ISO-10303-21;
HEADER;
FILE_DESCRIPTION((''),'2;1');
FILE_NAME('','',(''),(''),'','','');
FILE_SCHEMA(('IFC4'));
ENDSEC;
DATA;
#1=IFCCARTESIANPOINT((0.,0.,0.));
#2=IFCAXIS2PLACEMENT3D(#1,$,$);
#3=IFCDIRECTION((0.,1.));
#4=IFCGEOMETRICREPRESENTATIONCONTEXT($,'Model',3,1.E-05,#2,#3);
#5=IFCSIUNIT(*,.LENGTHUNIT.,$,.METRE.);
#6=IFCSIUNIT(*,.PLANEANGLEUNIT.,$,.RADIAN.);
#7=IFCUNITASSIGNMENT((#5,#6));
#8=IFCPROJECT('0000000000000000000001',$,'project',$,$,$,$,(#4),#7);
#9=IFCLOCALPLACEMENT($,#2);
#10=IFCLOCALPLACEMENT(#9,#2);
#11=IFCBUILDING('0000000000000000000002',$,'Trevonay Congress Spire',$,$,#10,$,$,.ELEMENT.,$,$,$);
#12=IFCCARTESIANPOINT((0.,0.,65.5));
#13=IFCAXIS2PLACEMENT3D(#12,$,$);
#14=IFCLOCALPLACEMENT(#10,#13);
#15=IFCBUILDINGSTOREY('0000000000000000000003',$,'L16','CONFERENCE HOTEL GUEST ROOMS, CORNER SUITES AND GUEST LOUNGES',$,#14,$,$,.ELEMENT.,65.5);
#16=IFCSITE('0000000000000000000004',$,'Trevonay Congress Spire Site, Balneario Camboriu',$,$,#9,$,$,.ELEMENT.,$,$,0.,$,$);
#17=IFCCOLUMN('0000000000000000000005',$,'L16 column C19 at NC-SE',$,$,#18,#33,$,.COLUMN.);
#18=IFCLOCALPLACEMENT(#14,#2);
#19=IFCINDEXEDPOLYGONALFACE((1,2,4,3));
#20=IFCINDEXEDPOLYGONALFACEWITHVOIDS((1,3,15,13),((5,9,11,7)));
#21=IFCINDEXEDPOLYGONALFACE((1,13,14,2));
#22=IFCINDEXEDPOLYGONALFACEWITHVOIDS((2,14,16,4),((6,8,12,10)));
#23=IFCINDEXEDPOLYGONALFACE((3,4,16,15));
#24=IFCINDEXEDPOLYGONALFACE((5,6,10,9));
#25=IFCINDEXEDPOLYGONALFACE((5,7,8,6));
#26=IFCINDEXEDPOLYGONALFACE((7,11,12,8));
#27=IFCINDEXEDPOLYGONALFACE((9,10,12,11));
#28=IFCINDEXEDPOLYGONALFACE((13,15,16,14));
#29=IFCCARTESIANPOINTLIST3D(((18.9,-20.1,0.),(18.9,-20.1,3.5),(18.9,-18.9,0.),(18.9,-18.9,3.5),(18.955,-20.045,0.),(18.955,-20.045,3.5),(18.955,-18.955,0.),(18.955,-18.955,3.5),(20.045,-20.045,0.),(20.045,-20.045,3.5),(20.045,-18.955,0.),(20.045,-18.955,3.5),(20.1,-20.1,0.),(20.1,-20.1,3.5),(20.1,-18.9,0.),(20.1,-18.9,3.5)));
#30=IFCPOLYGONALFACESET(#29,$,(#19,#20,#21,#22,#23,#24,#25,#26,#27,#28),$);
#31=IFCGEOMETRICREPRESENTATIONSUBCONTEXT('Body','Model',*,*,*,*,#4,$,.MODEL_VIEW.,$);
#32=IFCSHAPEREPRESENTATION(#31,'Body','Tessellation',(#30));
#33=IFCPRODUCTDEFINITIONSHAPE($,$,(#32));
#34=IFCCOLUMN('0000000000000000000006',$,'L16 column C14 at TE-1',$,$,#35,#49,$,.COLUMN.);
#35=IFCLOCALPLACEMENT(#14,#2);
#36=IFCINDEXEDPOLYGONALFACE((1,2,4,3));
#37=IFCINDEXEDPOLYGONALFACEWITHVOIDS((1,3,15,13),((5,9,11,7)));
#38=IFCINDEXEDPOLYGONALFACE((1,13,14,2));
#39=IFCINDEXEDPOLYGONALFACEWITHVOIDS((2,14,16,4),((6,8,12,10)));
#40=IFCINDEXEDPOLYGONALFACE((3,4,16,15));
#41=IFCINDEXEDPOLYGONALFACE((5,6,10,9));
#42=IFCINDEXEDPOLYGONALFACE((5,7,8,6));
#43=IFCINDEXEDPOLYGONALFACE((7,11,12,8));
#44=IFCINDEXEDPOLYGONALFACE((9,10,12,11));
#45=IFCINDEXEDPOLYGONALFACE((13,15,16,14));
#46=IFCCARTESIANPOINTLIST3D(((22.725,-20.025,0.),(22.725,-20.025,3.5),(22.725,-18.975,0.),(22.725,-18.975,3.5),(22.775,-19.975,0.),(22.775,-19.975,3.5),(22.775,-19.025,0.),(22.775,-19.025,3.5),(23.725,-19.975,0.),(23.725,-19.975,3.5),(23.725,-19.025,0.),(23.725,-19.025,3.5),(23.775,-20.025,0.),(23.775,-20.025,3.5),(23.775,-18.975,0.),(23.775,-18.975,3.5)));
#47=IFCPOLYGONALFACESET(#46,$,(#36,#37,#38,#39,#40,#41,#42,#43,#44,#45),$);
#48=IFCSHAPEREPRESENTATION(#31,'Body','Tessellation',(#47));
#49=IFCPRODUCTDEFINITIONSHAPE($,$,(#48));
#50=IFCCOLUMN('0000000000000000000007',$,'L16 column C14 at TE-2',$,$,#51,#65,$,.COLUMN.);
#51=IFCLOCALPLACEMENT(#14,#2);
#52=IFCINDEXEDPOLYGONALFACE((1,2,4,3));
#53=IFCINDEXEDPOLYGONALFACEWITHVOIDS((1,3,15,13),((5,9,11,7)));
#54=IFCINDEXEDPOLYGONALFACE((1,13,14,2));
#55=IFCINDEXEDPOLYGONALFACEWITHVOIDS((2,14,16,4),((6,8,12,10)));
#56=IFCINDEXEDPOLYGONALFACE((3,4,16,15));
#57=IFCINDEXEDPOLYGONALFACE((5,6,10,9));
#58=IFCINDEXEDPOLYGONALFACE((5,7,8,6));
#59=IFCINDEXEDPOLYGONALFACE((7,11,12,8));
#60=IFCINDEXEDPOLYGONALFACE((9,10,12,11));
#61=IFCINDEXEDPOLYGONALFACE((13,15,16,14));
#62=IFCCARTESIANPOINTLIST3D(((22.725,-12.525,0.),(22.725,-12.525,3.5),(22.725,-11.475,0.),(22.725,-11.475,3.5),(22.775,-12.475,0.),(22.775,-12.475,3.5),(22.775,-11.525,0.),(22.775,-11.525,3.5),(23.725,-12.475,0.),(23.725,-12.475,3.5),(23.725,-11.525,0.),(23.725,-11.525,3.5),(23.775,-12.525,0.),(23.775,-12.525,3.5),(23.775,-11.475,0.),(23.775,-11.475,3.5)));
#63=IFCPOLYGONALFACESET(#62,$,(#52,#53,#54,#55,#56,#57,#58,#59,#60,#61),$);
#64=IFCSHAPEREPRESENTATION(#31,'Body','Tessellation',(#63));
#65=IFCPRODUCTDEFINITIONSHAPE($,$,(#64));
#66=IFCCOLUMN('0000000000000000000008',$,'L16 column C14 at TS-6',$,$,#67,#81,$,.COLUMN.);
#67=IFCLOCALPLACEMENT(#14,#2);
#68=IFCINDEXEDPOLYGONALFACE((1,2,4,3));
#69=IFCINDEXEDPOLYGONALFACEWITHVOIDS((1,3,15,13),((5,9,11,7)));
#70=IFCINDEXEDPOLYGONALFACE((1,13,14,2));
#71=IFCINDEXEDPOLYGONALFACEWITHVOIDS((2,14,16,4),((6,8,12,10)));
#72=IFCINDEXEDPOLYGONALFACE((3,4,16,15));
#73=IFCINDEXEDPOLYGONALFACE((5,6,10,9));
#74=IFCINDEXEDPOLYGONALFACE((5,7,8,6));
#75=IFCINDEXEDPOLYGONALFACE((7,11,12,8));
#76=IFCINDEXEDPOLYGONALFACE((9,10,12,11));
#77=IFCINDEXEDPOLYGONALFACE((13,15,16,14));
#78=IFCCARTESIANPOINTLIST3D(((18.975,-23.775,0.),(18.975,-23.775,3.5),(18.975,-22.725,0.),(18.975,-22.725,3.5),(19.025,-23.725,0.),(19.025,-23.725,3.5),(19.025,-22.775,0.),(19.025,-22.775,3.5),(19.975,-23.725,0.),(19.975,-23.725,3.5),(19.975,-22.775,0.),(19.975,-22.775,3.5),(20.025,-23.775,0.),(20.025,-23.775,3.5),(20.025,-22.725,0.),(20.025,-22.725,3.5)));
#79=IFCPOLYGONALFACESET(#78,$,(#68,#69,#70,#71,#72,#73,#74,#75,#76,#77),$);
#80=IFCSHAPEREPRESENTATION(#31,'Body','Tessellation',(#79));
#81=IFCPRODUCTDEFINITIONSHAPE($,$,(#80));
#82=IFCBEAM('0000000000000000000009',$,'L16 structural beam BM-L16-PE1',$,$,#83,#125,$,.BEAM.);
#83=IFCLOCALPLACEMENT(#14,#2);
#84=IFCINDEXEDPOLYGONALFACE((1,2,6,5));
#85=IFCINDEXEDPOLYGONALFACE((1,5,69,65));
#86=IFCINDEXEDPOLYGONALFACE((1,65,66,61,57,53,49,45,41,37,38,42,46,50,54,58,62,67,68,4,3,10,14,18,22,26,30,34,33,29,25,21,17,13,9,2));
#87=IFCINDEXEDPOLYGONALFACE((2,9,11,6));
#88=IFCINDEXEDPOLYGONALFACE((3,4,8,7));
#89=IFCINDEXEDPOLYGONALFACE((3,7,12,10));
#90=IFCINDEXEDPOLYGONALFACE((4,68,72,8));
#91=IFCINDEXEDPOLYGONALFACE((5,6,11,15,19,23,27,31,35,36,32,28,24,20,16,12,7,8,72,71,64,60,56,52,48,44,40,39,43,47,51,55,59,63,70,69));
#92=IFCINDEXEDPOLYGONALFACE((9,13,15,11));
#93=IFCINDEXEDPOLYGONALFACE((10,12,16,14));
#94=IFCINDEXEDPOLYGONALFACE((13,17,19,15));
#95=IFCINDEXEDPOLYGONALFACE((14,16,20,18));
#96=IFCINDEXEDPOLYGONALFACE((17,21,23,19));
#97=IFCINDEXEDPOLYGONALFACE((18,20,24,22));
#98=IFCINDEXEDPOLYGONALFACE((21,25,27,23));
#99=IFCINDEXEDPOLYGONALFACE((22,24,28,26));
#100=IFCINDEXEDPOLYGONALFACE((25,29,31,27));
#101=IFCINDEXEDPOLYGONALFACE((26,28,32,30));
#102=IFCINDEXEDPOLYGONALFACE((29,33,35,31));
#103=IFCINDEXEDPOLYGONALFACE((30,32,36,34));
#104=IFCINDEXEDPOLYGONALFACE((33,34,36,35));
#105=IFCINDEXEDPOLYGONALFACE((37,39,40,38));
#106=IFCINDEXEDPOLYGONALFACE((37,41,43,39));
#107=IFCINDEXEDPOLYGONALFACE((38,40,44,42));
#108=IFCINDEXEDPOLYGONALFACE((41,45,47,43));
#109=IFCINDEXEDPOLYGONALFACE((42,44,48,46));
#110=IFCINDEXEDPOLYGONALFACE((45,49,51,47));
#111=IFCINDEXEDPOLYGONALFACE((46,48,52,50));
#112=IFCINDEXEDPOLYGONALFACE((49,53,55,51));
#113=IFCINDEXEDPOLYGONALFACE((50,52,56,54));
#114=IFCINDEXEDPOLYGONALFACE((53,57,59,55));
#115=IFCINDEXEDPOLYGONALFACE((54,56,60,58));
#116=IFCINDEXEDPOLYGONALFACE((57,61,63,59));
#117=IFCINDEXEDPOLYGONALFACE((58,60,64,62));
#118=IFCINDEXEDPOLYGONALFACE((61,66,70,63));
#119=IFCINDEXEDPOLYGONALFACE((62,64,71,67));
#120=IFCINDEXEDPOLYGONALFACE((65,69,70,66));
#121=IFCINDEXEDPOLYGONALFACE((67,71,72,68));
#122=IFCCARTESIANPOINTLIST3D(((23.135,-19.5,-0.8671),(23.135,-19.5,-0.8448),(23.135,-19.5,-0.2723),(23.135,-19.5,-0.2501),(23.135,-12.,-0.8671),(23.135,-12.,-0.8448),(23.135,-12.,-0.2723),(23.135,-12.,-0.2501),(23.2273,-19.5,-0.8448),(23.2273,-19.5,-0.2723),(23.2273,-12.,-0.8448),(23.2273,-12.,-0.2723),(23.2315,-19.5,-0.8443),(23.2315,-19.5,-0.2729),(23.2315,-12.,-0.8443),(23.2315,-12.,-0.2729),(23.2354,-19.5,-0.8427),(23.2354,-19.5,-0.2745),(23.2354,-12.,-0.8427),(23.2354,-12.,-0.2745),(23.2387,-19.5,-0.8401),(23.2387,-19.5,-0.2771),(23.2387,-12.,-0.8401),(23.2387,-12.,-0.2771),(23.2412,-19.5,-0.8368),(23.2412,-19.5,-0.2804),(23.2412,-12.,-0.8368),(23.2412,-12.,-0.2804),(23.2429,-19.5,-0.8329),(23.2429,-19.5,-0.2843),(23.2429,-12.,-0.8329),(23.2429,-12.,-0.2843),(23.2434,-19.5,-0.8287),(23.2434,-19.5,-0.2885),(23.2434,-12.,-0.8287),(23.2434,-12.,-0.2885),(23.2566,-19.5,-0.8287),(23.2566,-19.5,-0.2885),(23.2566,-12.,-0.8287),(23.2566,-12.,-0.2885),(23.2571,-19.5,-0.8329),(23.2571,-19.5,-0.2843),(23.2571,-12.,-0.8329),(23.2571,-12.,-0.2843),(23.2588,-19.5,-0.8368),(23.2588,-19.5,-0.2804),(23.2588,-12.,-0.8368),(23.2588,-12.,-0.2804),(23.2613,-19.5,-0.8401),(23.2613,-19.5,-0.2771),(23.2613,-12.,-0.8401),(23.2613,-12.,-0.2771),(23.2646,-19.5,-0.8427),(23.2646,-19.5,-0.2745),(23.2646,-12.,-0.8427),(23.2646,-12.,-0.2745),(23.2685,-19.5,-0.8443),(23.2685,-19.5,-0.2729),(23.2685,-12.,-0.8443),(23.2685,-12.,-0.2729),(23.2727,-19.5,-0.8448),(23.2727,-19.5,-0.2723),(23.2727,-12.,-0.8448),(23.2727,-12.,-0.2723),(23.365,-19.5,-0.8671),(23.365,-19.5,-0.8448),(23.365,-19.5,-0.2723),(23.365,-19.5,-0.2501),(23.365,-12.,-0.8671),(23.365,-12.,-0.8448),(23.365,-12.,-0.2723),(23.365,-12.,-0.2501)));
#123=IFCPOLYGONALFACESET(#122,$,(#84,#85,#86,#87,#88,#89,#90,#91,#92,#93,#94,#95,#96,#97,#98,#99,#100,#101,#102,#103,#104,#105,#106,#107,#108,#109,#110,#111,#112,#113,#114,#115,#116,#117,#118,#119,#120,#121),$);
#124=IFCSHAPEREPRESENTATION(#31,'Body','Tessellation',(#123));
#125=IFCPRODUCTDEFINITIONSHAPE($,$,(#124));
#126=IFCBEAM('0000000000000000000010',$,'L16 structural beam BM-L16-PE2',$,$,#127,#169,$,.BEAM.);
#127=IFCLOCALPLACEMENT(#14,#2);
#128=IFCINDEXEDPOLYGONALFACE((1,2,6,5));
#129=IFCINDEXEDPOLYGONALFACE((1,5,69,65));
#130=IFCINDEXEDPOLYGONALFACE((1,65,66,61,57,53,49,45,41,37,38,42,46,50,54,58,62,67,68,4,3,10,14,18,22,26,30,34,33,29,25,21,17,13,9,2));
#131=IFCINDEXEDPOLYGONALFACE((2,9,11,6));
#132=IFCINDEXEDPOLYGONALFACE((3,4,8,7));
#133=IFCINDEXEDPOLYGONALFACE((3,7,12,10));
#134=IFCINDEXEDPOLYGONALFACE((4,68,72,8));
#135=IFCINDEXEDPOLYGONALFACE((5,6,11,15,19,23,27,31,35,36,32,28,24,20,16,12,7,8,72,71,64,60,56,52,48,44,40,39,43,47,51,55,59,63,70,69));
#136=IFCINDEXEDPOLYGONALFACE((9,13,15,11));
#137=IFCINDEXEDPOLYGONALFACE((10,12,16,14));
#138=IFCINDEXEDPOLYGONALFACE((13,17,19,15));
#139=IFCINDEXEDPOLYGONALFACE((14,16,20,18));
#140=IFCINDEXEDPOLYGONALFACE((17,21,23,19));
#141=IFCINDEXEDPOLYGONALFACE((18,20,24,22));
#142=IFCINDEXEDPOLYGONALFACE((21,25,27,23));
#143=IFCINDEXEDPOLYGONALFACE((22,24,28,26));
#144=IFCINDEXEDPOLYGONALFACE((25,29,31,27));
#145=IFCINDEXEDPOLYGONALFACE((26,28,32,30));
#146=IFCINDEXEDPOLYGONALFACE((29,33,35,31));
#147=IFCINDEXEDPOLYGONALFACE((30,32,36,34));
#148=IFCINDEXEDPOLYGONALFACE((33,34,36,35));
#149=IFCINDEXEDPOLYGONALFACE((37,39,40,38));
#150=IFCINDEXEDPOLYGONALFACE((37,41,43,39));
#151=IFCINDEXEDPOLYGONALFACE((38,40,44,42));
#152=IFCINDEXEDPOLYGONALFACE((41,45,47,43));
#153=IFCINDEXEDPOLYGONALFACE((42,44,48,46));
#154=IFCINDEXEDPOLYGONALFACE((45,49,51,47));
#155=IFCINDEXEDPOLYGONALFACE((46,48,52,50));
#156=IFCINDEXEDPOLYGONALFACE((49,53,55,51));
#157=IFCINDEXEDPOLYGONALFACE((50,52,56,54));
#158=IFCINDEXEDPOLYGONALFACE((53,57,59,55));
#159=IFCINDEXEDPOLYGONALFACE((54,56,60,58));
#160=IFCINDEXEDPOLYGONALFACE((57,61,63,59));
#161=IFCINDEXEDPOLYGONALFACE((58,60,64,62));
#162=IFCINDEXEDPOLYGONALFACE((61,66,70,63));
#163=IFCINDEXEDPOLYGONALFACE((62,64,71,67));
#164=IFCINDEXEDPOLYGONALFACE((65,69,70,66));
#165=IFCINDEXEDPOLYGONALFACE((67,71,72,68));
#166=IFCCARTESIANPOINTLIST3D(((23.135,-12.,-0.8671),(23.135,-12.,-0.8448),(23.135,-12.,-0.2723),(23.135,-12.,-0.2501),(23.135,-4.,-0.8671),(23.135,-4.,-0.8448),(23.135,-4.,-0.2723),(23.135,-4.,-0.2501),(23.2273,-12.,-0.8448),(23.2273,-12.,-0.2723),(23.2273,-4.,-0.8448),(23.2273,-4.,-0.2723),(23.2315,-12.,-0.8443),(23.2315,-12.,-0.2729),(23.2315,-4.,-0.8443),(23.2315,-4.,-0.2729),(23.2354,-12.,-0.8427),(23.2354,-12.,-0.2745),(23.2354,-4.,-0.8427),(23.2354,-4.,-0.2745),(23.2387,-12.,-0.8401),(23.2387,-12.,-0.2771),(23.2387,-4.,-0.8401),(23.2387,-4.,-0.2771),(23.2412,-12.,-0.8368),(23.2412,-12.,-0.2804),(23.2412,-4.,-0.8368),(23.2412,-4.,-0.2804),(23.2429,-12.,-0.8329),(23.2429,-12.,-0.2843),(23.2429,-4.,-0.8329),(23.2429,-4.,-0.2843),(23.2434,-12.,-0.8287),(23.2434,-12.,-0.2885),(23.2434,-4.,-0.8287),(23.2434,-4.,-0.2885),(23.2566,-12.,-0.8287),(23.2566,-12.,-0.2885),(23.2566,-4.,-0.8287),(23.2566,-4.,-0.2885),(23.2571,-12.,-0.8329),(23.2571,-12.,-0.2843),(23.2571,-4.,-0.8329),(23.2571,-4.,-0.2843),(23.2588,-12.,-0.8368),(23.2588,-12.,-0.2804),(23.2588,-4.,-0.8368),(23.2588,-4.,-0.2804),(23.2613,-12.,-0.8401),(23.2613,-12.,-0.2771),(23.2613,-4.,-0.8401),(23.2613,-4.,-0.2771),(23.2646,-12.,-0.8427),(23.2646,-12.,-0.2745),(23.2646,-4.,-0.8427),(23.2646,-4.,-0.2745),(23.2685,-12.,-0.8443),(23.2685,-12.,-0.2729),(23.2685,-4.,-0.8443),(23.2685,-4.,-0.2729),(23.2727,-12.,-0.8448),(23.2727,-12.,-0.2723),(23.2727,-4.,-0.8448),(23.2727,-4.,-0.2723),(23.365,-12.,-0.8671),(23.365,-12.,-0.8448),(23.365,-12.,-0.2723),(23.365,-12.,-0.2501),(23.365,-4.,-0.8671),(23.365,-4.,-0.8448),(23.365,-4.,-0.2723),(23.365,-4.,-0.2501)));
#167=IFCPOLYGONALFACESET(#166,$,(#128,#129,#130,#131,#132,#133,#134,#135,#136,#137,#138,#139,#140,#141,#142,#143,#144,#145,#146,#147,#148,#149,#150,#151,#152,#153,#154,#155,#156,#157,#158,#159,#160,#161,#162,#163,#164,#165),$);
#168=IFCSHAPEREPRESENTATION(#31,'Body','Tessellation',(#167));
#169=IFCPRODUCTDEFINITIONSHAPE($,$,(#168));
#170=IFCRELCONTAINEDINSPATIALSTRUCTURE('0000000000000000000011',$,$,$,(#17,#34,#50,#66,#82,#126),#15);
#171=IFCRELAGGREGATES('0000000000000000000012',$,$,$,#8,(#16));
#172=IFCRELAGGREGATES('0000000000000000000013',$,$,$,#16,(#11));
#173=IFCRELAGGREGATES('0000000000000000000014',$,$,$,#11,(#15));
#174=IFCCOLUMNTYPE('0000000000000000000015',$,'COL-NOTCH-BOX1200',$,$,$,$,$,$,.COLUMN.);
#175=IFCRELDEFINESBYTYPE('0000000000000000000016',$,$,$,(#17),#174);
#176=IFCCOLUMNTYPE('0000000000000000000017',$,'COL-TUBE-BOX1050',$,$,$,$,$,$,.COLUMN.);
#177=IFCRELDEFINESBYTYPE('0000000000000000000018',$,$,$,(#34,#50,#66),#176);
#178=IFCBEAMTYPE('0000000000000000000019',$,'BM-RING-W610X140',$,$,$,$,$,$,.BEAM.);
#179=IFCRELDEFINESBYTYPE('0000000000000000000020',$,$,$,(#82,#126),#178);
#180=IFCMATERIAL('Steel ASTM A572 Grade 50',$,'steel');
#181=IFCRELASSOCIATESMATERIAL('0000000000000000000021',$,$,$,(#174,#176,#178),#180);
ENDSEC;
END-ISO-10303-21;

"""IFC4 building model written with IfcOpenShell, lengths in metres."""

from ifc_helpers import new_model, si_unit, direction, frame, origin, origin_2d, place, context, subcontext, project, spatial, hollow_rectangle, i_section, extrude, material, material_profile, profile_set, type_object, element, save


model = new_model("IFC4")

# Units and contexts
model_context = context("Model", 3, precision=1e-05, world=origin(), true_north=direction((0.0, 1.0)))
body_context = subcontext(model_context, "Body", "Model", "MODEL_VIEW")
ifc_project = project(units=[si_unit("LENGTHUNIT", "METRE"), si_unit("PLANEANGLEUNIT", "RADIAN")], contexts=[model_context])

# Site, building, storey
site_placement = place(None, origin())
site = spatial("IfcSite", under=ifc_project, at=site_placement, Name="Trevonay Congress Spire Site, Balneario Camboriu", CompositionType="ELEMENT", RefElevation=0.0)
building_placement = place(site_placement, origin())
building = spatial("IfcBuilding", under=site, at=building_placement, Name="Trevonay Congress Spire", CompositionType="ELEMENT")
storey_placement = place(building_placement, frame((0.0, 0.0, 65.5)))
storey = spatial("IfcBuildingStorey", under=building, at=storey_placement, Name="L16", Description="CONFERENCE HOTEL GUEST ROOMS, CORNER SUITES AND GUEST LOUNGES", CompositionType="ELEMENT", Elevation=65.5)

# Columns
ifc_material_1 = material(Name="Steel ASTM A572 Grade 50", Category="steel")
ifc_material_profile_1 = material_profile(ifc_material_1, hollow_rectangle(XDim=1.2, YDim=1.2, WallThickness=0.0549, at=origin_2d()), Name="BOX 1200x1200x55")
ifc_profile_set_1 = profile_set([ifc_material_profile_1], Name="Steel ASTM A572 Grade 50")
column_type_1 = type_object("IfcColumnType", Name="COL-NOTCH-BOX1200", PredefinedType="COLUMN", material=ifc_profile_set_1)
column_placement = place(storey_placement, frame((19.5, -19.5, 0.0), z_axis=(0.0, 0.0, 1.0), x_axis=(1.0, 0.0, 0.0)))
element("IfcColumn", 1, at=column_placement, inside=storey, type_object=column_type_1, Name="L16 column C19 at NC-SE", PredefinedType="COLUMN", context=body_context, shape_type="SweptSolid", body=[
    extrude(hollow_rectangle(XDim=1.2, YDim=1.2, WallThickness=0.0549, at=origin_2d()), origin(), (0.0, 0.0, 1.0), 3.5),
])
ifc_material_profile_2 = material_profile(ifc_material_1, hollow_rectangle(XDim=1.05, YDim=1.05, WallThickness=0.05, at=origin_2d()), Name="BOX 1050x1050x50")
ifc_profile_set_2 = profile_set([ifc_material_profile_2], Name="Steel ASTM A572 Grade 50")
column_type_2 = type_object("IfcColumnType", Name="COL-TUBE-BOX1050", PredefinedType="COLUMN", material=ifc_profile_set_2)
for number, where, z_axis, x_axis, name in (
    (2, (23.25, -19.5, 0.0), (0.0, 0.0, 1.0), (1.0, 0.0, 0.0), "L16 column C14 at TE-1"),
    (3, (23.25, -12.0, 0.0), (0.0, 0.0, 1.0), (1.0, 0.0, 0.0), "L16 column C14 at TE-2"),
    (4, (19.5, -23.25, 0.0), (0.0, 0.0, 1.0), (1.0, 0.0, 0.0), "L16 column C14 at TS-6"),
):
    element("IfcColumn", number, at=place(storey_placement, frame(where, z_axis=z_axis, x_axis=x_axis)), inside=storey, type_object=column_type_2, Name=name, PredefinedType="COLUMN", context=body_context, shape_type="SweptSolid", body=[
        extrude(hollow_rectangle(XDim=1.05, YDim=1.05, WallThickness=0.05, at=origin_2d()), origin(), (0.0, 0.0, 1.0), 3.5),
    ])

# Beams
ifc_material_profile_3 = material_profile(ifc_material_1, i_section(OverallWidth=0.23, OverallDepth=0.6169, WebThickness=0.0132, FlangeThickness=0.0222, FilletRadius=0.0161, at=origin_2d()), Name="W610x140")
ifc_profile_set_3 = profile_set([ifc_material_profile_3], Name="Steel ASTM A572 Grade 50")
beam_type = type_object("IfcBeamType", Name="BM-RING-W610X140", PredefinedType="BEAM", material=ifc_profile_set_3)
beam_1_placement = place(storey_placement, frame((23.25, -19.5, -0.5586), z_axis=(0.0, 1.0, 0.0), x_axis=(-1.0, 0.0, 0.0)))
element("IfcBeam", 5, at=beam_1_placement, inside=storey, type_object=beam_type, Name="L16 structural beam BM-L16-PE1", PredefinedType="BEAM", context=body_context, shape_type="SweptSolid", body=[
    extrude(i_section(OverallWidth=0.23, OverallDepth=0.6169, WebThickness=0.0132, FlangeThickness=0.0222, FilletRadius=0.0161, at=origin_2d()), origin(), (0.0, 0.0, 1.0), 7.5),
])
beam_2_placement = place(storey_placement, frame((23.25, -12.0, -0.5586), z_axis=(0.0, 1.0, 0.0), x_axis=(-1.0, 0.0, 0.0)))
element("IfcBeam", 6, at=beam_2_placement, inside=storey, type_object=beam_type, Name="L16 structural beam BM-L16-PE2", PredefinedType="BEAM", context=body_context, shape_type="SweptSolid", body=[
    extrude(i_section(OverallWidth=0.23, OverallDepth=0.6169, WebThickness=0.0132, FlangeThickness=0.0222, FilletRadius=0.0161, at=origin_2d()), origin(), (0.0, 0.0, 1.0), 8.0),
])

save(model, "model.ifc")
